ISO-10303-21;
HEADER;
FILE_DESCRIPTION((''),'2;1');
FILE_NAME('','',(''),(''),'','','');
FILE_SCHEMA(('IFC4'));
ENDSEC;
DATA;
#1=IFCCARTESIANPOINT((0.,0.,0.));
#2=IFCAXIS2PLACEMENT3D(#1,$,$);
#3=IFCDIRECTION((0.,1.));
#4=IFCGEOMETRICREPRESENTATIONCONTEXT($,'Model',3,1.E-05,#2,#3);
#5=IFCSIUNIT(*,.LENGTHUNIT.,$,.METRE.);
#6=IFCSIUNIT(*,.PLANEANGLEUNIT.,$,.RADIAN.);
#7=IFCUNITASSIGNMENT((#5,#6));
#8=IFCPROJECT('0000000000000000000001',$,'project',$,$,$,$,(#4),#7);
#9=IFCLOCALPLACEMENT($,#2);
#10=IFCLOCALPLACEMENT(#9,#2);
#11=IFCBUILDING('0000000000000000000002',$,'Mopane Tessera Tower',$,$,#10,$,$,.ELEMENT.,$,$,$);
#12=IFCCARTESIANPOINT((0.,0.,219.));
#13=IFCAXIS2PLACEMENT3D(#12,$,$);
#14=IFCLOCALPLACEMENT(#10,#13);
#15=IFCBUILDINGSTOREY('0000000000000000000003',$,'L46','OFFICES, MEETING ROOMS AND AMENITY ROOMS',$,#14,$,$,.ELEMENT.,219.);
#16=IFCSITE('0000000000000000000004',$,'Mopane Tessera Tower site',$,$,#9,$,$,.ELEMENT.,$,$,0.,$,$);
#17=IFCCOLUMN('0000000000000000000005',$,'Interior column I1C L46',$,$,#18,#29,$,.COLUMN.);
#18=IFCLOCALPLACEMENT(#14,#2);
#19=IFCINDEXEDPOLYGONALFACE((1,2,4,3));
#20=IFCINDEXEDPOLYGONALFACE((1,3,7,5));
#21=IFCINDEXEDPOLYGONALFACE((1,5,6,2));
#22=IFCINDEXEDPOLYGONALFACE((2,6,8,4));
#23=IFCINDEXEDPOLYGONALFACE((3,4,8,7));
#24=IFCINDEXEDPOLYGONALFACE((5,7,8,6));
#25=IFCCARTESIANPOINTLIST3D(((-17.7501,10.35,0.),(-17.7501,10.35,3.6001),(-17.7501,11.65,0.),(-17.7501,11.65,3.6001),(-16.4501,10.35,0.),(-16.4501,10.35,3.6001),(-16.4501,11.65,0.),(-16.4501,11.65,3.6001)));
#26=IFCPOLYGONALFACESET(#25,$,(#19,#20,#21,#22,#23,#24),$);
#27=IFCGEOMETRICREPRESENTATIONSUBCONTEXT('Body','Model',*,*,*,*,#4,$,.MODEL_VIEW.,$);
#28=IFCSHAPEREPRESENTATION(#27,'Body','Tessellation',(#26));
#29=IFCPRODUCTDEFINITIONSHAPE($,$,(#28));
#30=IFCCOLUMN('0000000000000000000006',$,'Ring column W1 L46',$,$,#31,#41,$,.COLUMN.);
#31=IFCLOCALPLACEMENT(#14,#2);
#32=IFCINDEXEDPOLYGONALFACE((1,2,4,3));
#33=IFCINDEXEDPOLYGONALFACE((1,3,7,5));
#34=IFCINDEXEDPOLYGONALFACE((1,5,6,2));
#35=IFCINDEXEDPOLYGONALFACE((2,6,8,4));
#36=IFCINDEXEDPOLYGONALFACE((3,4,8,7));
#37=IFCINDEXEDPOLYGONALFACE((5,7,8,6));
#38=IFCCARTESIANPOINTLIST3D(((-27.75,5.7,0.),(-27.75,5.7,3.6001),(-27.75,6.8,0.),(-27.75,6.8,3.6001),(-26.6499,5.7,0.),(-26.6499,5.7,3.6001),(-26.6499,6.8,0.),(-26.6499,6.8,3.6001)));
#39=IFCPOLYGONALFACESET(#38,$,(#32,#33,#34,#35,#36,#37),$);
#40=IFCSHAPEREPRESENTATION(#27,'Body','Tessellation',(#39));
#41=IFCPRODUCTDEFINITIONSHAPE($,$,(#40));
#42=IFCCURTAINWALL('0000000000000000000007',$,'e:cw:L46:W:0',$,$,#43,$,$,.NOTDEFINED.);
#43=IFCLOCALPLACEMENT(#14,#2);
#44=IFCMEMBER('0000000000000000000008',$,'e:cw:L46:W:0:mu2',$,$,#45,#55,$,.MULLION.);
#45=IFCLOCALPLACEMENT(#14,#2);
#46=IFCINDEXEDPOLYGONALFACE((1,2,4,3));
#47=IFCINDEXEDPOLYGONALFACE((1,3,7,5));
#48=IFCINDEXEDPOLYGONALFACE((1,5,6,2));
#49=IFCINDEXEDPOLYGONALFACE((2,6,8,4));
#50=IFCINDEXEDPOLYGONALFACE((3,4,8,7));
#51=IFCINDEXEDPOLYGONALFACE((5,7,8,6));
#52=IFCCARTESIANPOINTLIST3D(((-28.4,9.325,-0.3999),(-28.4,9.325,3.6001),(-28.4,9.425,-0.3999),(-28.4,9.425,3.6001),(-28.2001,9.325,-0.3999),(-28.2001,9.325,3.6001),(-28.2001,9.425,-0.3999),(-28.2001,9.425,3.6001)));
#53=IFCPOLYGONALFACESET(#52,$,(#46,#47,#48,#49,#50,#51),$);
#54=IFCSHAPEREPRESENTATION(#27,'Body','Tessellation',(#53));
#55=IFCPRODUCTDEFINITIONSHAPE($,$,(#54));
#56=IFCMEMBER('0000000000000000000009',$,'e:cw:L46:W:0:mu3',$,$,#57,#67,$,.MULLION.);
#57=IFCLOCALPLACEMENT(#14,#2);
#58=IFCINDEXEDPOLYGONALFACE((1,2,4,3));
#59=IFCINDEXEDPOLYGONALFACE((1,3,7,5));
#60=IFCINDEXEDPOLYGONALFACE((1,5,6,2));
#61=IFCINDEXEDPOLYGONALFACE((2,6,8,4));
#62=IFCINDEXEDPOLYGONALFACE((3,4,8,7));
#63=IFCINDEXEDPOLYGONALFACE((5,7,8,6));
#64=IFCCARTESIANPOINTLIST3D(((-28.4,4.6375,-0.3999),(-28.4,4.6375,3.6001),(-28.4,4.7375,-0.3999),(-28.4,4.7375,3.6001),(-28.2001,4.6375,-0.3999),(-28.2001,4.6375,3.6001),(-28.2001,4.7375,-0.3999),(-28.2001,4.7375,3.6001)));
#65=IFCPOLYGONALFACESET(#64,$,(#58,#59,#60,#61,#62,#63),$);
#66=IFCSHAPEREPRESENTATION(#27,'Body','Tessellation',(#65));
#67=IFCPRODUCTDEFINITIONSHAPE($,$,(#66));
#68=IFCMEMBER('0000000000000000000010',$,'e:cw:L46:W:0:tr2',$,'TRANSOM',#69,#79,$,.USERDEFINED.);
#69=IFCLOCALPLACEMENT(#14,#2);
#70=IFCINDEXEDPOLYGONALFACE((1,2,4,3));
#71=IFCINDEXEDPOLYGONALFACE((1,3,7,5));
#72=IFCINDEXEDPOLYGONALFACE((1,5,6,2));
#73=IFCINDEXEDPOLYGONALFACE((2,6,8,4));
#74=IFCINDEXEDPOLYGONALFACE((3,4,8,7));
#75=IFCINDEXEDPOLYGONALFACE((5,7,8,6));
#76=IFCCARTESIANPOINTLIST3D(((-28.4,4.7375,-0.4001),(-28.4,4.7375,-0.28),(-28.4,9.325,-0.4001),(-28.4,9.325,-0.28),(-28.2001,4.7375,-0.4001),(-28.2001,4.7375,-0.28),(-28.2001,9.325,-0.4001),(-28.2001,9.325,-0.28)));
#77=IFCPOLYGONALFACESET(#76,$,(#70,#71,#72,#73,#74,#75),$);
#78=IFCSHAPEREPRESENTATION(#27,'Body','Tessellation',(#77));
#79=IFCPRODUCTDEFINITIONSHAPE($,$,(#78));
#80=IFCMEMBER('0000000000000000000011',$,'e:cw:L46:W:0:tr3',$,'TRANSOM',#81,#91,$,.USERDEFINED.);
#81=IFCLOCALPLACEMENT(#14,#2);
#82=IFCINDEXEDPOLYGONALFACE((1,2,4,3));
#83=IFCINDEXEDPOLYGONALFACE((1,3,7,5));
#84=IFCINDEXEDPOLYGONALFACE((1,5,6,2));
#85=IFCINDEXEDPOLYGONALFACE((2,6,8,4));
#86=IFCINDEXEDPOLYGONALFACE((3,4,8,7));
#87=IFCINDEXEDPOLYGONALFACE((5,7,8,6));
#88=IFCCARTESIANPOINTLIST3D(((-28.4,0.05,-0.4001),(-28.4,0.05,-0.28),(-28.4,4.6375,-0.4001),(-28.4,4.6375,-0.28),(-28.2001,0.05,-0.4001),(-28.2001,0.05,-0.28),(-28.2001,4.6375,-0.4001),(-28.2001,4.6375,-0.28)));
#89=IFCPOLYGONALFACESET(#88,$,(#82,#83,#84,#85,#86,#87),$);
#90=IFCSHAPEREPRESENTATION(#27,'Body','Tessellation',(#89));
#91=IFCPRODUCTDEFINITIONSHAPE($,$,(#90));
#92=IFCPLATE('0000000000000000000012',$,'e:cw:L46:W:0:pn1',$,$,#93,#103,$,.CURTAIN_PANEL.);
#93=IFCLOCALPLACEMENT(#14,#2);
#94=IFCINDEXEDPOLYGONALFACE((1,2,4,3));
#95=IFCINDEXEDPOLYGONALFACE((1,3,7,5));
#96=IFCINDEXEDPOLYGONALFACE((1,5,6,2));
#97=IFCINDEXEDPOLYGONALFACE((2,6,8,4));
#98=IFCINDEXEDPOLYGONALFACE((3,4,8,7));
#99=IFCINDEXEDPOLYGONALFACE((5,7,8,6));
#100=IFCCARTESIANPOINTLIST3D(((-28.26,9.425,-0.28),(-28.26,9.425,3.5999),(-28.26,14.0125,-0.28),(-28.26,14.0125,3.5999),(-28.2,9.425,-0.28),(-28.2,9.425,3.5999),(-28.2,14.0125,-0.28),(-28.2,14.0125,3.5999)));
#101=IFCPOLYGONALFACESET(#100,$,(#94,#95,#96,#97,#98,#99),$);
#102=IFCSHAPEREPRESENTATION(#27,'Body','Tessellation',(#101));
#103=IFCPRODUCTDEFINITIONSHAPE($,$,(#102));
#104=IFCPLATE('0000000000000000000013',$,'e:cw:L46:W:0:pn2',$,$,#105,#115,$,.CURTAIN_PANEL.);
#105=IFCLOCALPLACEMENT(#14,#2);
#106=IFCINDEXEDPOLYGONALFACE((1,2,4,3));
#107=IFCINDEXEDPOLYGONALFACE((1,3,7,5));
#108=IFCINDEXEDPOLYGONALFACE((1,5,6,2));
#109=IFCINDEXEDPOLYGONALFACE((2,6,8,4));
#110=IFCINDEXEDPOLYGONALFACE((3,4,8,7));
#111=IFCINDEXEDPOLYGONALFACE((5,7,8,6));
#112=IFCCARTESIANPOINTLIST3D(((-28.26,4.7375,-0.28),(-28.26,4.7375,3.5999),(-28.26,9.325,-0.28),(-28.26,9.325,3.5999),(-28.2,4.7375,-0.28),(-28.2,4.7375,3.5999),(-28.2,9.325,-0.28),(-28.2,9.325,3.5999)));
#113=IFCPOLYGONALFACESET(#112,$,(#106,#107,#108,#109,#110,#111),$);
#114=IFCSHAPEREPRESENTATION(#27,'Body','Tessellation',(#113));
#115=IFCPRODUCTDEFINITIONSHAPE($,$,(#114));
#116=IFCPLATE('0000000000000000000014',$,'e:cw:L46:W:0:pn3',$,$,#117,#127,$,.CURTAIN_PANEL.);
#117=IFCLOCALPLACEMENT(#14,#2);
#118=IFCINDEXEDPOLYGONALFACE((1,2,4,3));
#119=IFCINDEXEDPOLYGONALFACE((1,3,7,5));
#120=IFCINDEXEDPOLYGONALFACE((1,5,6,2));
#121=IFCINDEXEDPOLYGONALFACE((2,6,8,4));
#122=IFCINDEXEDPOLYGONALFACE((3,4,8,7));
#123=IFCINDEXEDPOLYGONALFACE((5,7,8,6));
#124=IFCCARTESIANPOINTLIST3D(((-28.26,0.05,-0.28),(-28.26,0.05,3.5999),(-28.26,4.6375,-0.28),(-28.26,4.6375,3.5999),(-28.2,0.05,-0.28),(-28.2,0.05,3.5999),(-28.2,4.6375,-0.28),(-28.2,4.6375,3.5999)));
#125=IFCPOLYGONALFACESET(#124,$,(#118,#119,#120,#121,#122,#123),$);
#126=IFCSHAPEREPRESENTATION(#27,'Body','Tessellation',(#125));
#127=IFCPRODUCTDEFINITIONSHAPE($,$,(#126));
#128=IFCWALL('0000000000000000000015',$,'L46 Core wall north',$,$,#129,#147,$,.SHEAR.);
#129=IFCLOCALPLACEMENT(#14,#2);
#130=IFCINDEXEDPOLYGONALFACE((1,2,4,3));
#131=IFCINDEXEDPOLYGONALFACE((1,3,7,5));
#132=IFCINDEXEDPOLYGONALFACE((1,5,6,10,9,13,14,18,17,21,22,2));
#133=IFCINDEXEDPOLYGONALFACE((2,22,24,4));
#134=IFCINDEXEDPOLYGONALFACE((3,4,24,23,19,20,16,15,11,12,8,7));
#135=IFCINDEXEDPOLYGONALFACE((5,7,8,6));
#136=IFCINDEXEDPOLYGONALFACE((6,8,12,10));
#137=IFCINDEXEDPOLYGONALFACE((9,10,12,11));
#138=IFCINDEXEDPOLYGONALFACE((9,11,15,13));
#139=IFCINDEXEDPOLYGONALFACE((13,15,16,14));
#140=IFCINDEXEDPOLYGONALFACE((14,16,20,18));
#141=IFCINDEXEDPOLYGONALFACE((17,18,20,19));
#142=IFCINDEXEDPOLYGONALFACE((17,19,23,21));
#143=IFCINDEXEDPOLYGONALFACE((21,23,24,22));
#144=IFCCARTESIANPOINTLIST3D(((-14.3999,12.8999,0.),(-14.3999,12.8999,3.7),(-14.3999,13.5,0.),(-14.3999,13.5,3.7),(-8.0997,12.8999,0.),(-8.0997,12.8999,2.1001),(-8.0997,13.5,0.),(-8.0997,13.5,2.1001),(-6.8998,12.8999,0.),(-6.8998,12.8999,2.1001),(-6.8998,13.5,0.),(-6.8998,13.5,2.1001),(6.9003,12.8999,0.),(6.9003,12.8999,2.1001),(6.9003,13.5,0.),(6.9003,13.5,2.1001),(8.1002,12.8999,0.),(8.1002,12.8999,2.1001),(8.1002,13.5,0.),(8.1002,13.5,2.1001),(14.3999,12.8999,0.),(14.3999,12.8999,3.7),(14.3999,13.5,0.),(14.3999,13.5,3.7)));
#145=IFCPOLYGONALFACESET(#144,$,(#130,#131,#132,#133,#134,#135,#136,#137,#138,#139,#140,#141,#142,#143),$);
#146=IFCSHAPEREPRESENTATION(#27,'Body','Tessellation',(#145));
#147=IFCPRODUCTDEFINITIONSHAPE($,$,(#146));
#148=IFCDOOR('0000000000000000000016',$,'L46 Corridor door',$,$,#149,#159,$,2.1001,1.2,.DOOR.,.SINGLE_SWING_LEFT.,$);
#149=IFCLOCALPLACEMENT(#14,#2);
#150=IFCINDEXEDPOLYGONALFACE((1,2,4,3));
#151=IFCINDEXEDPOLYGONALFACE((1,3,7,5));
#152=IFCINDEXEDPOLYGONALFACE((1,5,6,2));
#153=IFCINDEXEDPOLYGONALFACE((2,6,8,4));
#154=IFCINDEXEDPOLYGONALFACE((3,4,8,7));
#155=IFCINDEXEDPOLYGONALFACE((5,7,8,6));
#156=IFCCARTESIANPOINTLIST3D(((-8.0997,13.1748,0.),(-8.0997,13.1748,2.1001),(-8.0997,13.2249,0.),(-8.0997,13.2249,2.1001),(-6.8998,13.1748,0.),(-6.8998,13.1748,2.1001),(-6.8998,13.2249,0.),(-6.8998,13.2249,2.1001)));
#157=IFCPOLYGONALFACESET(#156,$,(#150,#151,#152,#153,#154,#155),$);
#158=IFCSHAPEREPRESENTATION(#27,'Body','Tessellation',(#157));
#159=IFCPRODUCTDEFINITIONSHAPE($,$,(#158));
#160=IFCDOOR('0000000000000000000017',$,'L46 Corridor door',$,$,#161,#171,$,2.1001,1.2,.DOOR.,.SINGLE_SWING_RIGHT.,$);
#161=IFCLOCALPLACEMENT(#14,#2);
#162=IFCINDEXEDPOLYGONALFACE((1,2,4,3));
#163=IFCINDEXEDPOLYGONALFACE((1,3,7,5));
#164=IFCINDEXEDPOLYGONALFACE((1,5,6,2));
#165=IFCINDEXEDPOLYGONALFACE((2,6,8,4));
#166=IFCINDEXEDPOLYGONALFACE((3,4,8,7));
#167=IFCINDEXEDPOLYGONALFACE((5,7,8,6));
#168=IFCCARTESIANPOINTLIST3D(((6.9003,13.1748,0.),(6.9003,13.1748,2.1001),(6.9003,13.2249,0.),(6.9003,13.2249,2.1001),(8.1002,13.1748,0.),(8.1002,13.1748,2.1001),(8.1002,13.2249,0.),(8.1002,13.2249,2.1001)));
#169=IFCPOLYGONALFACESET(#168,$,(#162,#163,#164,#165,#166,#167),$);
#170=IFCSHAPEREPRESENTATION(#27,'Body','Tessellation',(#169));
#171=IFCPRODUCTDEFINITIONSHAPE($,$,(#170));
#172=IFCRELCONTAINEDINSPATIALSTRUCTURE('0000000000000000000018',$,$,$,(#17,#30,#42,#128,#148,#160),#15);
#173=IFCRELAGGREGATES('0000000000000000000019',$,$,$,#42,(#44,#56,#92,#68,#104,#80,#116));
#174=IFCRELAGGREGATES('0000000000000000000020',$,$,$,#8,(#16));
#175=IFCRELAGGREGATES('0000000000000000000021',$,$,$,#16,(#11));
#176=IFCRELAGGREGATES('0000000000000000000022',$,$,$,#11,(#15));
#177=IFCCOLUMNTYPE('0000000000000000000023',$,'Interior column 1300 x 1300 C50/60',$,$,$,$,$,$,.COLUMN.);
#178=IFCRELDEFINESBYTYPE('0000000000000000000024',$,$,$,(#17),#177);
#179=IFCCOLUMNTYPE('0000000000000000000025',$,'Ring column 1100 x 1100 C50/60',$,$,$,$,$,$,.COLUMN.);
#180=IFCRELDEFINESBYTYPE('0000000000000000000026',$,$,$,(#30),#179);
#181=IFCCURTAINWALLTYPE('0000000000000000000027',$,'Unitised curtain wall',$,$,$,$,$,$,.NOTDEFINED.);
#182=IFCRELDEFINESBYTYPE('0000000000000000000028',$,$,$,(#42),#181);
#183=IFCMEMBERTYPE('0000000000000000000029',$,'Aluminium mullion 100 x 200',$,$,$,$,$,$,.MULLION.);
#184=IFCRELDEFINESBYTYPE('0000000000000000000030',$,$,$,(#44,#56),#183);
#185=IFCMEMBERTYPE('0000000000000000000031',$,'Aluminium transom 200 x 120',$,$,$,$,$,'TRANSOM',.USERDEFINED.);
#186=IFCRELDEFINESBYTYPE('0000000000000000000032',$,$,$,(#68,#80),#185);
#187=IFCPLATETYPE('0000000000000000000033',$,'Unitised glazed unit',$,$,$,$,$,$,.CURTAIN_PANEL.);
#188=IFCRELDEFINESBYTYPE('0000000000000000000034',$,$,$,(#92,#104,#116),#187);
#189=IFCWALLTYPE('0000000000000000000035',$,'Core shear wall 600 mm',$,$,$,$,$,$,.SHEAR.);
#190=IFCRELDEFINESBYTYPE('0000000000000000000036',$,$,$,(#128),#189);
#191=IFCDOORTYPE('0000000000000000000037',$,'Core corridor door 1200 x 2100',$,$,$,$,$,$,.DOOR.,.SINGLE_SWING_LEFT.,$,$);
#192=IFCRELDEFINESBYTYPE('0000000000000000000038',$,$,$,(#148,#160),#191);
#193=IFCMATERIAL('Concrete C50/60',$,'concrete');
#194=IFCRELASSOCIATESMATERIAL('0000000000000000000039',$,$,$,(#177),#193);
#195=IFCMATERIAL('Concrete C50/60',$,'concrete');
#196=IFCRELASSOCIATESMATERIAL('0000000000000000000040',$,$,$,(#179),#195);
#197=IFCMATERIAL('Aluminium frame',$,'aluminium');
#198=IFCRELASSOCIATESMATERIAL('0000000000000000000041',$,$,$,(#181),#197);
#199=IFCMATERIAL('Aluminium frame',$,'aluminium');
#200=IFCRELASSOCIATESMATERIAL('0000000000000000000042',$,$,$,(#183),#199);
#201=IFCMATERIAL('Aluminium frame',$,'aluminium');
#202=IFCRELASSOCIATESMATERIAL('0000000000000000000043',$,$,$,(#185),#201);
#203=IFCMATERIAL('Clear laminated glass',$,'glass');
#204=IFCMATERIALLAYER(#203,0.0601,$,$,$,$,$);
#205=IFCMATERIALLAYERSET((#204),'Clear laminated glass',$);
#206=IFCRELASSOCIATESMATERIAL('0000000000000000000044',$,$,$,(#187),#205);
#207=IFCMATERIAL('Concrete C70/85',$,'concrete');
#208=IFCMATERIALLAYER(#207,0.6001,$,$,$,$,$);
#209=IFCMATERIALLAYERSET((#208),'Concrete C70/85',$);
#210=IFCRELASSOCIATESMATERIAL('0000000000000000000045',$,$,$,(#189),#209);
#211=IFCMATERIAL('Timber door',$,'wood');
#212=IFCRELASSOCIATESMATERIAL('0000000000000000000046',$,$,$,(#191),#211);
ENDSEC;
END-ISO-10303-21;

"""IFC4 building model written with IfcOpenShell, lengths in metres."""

from ifc_helpers import new_model, si_unit, direction, frame, frame_2d, origin, origin_2d, place, context, subcontext, project, spatial, rectangle, extrude, material, layer, layer_set, material_profile, profile_set, type_object, element, fill, aggregate, save


model = new_model("IFC4")

# Units and contexts
model_context = context("Model", 3, precision=1e-05, world=origin(), true_north=direction((0.0, 1.0)))
body_context = subcontext(model_context, "Body", "Model", "MODEL_VIEW")
ifc_project = project(units=[si_unit("LENGTHUNIT", "METRE"), si_unit("PLANEANGLEUNIT", "RADIAN")], contexts=[model_context])

# Site, building, storey
site_placement = place(None, origin())
site = spatial("IfcSite", under=ifc_project, at=site_placement, Name="Mopane Tessera Tower site", CompositionType="ELEMENT", RefElevation=0.0)
building_placement = place(site_placement, origin())
building = spatial("IfcBuilding", under=site, at=building_placement, Name="Mopane Tessera Tower", CompositionType="ELEMENT")
storey_placement = place(building_placement, frame((0.0, 0.0, 219.0)))
storey = spatial("IfcBuildingStorey", under=building, at=storey_placement, Name="L46", Description="OFFICES, MEETING ROOMS AND AMENITY ROOMS", CompositionType="ELEMENT", Elevation=219.0)

# Columns
ifc_material_1 = material(Name="Concrete C50/60", Category="concrete")
ifc_material_profile_1 = material_profile(ifc_material_1, rectangle(XDim=1.3, YDim=1.3, at=origin_2d()))
ifc_profile_set_1 = profile_set([ifc_material_profile_1], Name="Concrete C50/60")
column_type_1 = type_object("IfcColumnType", Name="Interior column 1300 x 1300 C50/60", PredefinedType="COLUMN", material=ifc_profile_set_1)
column_1_placement = place(storey_placement, frame((-17.1001, 11.0, 0.0), z_axis=(0.0, 0.0, 1.0), x_axis=(1.0, 0.0, 0.0)))
element("IfcColumn", 1, at=column_1_placement, inside=storey, type_object=column_type_1, Name="Interior column I1C L46", PredefinedType="COLUMN", context=body_context, shape_type="SweptSolid", body=[
    extrude(rectangle(XDim=1.3, YDim=1.3, at=origin_2d()), origin(), (0.0, 0.0, 1.0), 3.6001),
])
ifc_material_2 = material(Name="Concrete C50/60", Category="concrete")
ifc_material_profile_2 = material_profile(ifc_material_2, rectangle(XDim=1.1001, YDim=1.1001, at=origin_2d()))
ifc_profile_set_2 = profile_set([ifc_material_profile_2], Name="Concrete C50/60")
column_type_2 = type_object("IfcColumnType", Name="Ring column 1100 x 1100 C50/60", PredefinedType="COLUMN", material=ifc_profile_set_2)
column_2_placement = place(storey_placement, frame((-27.2, 6.25, 0.0), z_axis=(0.0, 0.0, 1.0), x_axis=(1.0, 0.0, 0.0)))
element("IfcColumn", 2, at=column_2_placement, inside=storey, type_object=column_type_2, Name="Ring column W1 L46", PredefinedType="COLUMN", context=body_context, shape_type="SweptSolid", body=[
    extrude(rectangle(XDim=1.1001, YDim=1.1001, at=origin_2d()), origin(), (0.0, 0.0, 1.0), 3.6001),
])

# Curtain wall, members, plates
ifc_material_3 = material(Name="Aluminium frame", Category="aluminium")
curtain_wall_type = type_object("IfcCurtainWallType", Name="Unitised curtain wall", PredefinedType="NOTDEFINED", material=ifc_material_3)
curtain_wall_placement = place(storey_placement, origin())
curtain_wall = element("IfcCurtainWall", 3, at=curtain_wall_placement, inside=storey, type_object=curtain_wall_type, Name="e:cw:L46:W:0", PredefinedType="NOTDEFINED")
ifc_material_4 = material(Name="Aluminium frame", Category="aluminium")
ifc_material_profile_3 = material_profile(ifc_material_4, rectangle(XDim=0.1001, YDim=0.2, at=origin_2d()))
ifc_profile_set_3 = profile_set([ifc_material_profile_3], Name="Aluminium frame")
member_type_1 = type_object("IfcMemberType", Name="Aluminium mullion 100 x 200", PredefinedType="MULLION", material=ifc_profile_set_3)
member_1_placement = place(storey_placement, frame((-28.3, 9.375, -0.3999), z_axis=(0.0, 0.0, 1.0), x_axis=(0.0, -1.0, 0.0)))
member_1 = element("IfcMember", 4, at=member_1_placement, type_object=member_type_1, Name="e:cw:L46:W:0:mu2", PredefinedType="MULLION", context=body_context, shape_type="SweptSolid", body=[
    extrude(rectangle(XDim=0.1001, YDim=0.2, at=origin_2d()), origin(), (0.0, 0.0, 1.0), 4.0),
])
member_2_placement = place(storey_placement, frame((-28.3, 4.6875, -0.3999), z_axis=(0.0, 0.0, 1.0), x_axis=(0.0, -1.0, 0.0)))
member_2 = element("IfcMember", 5, at=member_2_placement, type_object=member_type_1, Name="e:cw:L46:W:0:mu3", PredefinedType="MULLION", context=body_context, shape_type="SweptSolid", body=[
    extrude(rectangle(XDim=0.1001, YDim=0.2, at=origin_2d()), origin(), (0.0, 0.0, 1.0), 4.0),
])
ifc_material_5 = material(Name="Aluminium frame", Category="aluminium")
ifc_material_profile_4 = material_profile(ifc_material_5, rectangle(XDim=0.2, YDim=0.1201, at=origin_2d()))
ifc_profile_set_4 = profile_set([ifc_material_profile_4], Name="Aluminium frame")
member_type_2 = type_object("IfcMemberType", Name="Aluminium transom 200 x 120", ElementType="TRANSOM", PredefinedType="USERDEFINED", material=ifc_profile_set_4)
member_3_placement = place(storey_placement, frame((-28.3, 9.325, -0.3401), z_axis=(0.0, -1.0, 0.0), x_axis=(1.0, 0.0, 0.0)))
member_3 = element("IfcMember", 6, at=member_3_placement, type_object=member_type_2, Name="e:cw:L46:W:0:tr2", ObjectType="TRANSOM", PredefinedType="USERDEFINED", context=body_context, shape_type="SweptSolid", body=[
    extrude(rectangle(XDim=0.2, YDim=0.1201, at=origin_2d()), origin(), (0.0, 0.0, 1.0), 4.5874),
])
member_4_placement = place(storey_placement, frame((-28.3, 4.6375, -0.3401), z_axis=(0.0, -1.0, 0.0), x_axis=(1.0, 0.0, 0.0)))
member_4 = element("IfcMember", 7, at=member_4_placement, type_object=member_type_2, Name="e:cw:L46:W:0:tr3", ObjectType="TRANSOM", PredefinedType="USERDEFINED", context=body_context, shape_type="SweptSolid", body=[
    extrude(rectangle(XDim=0.2, YDim=0.1201, at=origin_2d()), origin(), (0.0, 0.0, 1.0), 4.5874),
])
ifc_material_6 = material(Name="Clear laminated glass", Category="glass")
ifc_layer_1 = layer(ifc_material_6, 0.0601)
ifc_layer_set_1 = layer_set([ifc_layer_1], Name="Clear laminated glass")
plate_type = type_object("IfcPlateType", Name="Unitised glazed unit", PredefinedType="CURTAIN_PANEL", material=ifc_layer_set_1)
plate_1_placement = place(storey_placement, frame((-28.23, 11.7188, -0.28), z_axis=(0.0, 0.0, 1.0), x_axis=(0.0, -1.0, 0.0)))
plate_1 = element("IfcPlate", 8, at=plate_1_placement, type_object=plate_type, Name="e:cw:L46:W:0:pn1", PredefinedType="CURTAIN_PANEL", context=body_context, shape_type="SweptSolid", body=[
    extrude(rectangle(XDim=4.5874, YDim=0.0601, at=origin_2d()), origin(), (0.0, 0.0, 1.0), 3.8799),
])
plate_2_placement = place(storey_placement, frame((-28.23, 7.0312, -0.28), z_axis=(0.0, 0.0, 1.0), x_axis=(0.0, -1.0, 0.0)))
plate_2 = element("IfcPlate", 9, at=plate_2_placement, type_object=plate_type, Name="e:cw:L46:W:0:pn2", PredefinedType="CURTAIN_PANEL", context=body_context, shape_type="SweptSolid", body=[
    extrude(rectangle(XDim=4.5874, YDim=0.0601, at=origin_2d()), origin(), (0.0, 0.0, 1.0), 3.8799),
])
plate_3_placement = place(storey_placement, frame((-28.23, 2.3438, -0.28), z_axis=(0.0, 0.0, 1.0), x_axis=(0.0, -1.0, 0.0)))
plate_3 = element("IfcPlate", 10, at=plate_3_placement, type_object=plate_type, Name="e:cw:L46:W:0:pn3", PredefinedType="CURTAIN_PANEL", context=body_context, shape_type="SweptSolid", body=[
    extrude(rectangle(XDim=4.5874, YDim=0.0601, at=origin_2d()), origin(), (0.0, 0.0, 1.0), 3.8799),
])
aggregate(curtain_wall, [member_1, member_2, plate_1, member_3, plate_2, member_4, plate_3])

# Wall, openings, doors
ifc_material_7 = material(Name="Concrete C70/85", Category="concrete")
ifc_layer_2 = layer(ifc_material_7, 0.6001)
ifc_layer_set_2 = layer_set([ifc_layer_2], Name="Concrete C70/85")
wall_type_1 = type_object("IfcWallType", Name="Core shear wall 600 mm", PredefinedType="SHEAR", material=ifc_layer_set_2)
wall_1_placement = place(storey_placement, frame((-14.3999, 13.2, 0.0), z_axis=(0.0, 0.0, 1.0), x_axis=(1.0, 0.0, 0.0)))
wall_1 = element("IfcWall", 11, at=wall_1_placement, inside=storey, type_object=wall_type_1, Name="L46 Core wall north", PredefinedType="SHEAR", context=body_context, shape_type="SweptSolid", body=[
    extrude(rectangle(XDim=28.7998, YDim=0.6001, at=frame_2d((14.3999, 0.0))), origin(), (0.0, 0.0, 1.0), 3.7),
])
opening_1_placement = place(wall_1_placement, frame((6.3, 0.0, 0.0)))
opening_1 = element("IfcOpeningElement", 12, at=opening_1_placement, cuts=wall_1, PredefinedType="OPENING", context=body_context, shape_type="SweptSolid", body=[
    extrude(rectangle(XDim=1.2, YDim=2.1001, at=frame_2d((0.6001, 1.05))), frame((0.0, 0.312, 0.0), z_axis=(0.0, -1.0, 0.0), x_axis=(1.0, 0.0, 0.0)), (0.0, 0.0, 1.0), 0.624),
])
opening_2_placement = place(wall_1_placement, frame((21.3, 0.0, 0.0)))
opening_2 = element("IfcOpeningElement", 13, at=opening_2_placement, cuts=wall_1, PredefinedType="OPENING", context=body_context, shape_type="SweptSolid", body=[
    extrude(rectangle(XDim=1.2, YDim=2.1001, at=frame_2d((0.6001, 1.05))), frame((0.0, 0.312, 0.0), z_axis=(0.0, -1.0, 0.0), x_axis=(1.0, 0.0, 0.0)), (0.0, 0.0, 1.0), 0.624),
])
ifc_material_8 = material(Name="Timber door", Category="wood")
door_type_1 = type_object("IfcDoorType", Name="Core corridor door 1200 x 2100", OperationType="SINGLE_SWING_LEFT", PredefinedType="DOOR", material=ifc_material_8)
door_1_placement = place(opening_1_placement, origin())
door_1 = element("IfcDoor", 14, at=door_1_placement, inside=storey, type_object=door_type_1, Name="L46 Corridor door", OperationType="SINGLE_SWING_LEFT", OverallHeight=2.1001, OverallWidth=1.2, PredefinedType="DOOR", context=body_context, shape_type="SweptSolid", body=[
    extrude(rectangle(XDim=1.2, YDim=2.1001, at=frame_2d((0.6001, 1.05))), frame((0.0, 0.0249, 0.0), z_axis=(0.0, -1.0, 0.0), x_axis=(1.0, 0.0, 0.0)), (0.0, 0.0, 1.0), 0.05),
])
fill(opening_1, door_1)
door_2_placement = place(opening_2_placement, origin())
door_2 = element("IfcDoor", 15, at=door_2_placement, inside=storey, type_object=door_type_1, Name="L46 Corridor door", OperationType="SINGLE_SWING_RIGHT", OverallHeight=2.1001, OverallWidth=1.2, PredefinedType="DOOR", context=body_context, shape_type="SweptSolid", body=[
    extrude(rectangle(XDim=1.2, YDim=2.1001, at=frame_2d((0.6001, 1.05))), frame((0.0, 0.0249, 0.0), z_axis=(0.0, -1.0, 0.0), x_axis=(1.0, 0.0, 0.0)), (0.0, 0.0, 1.0), 0.05),
])
fill(opening_2, door_2)

save(model, "model.ifc")
